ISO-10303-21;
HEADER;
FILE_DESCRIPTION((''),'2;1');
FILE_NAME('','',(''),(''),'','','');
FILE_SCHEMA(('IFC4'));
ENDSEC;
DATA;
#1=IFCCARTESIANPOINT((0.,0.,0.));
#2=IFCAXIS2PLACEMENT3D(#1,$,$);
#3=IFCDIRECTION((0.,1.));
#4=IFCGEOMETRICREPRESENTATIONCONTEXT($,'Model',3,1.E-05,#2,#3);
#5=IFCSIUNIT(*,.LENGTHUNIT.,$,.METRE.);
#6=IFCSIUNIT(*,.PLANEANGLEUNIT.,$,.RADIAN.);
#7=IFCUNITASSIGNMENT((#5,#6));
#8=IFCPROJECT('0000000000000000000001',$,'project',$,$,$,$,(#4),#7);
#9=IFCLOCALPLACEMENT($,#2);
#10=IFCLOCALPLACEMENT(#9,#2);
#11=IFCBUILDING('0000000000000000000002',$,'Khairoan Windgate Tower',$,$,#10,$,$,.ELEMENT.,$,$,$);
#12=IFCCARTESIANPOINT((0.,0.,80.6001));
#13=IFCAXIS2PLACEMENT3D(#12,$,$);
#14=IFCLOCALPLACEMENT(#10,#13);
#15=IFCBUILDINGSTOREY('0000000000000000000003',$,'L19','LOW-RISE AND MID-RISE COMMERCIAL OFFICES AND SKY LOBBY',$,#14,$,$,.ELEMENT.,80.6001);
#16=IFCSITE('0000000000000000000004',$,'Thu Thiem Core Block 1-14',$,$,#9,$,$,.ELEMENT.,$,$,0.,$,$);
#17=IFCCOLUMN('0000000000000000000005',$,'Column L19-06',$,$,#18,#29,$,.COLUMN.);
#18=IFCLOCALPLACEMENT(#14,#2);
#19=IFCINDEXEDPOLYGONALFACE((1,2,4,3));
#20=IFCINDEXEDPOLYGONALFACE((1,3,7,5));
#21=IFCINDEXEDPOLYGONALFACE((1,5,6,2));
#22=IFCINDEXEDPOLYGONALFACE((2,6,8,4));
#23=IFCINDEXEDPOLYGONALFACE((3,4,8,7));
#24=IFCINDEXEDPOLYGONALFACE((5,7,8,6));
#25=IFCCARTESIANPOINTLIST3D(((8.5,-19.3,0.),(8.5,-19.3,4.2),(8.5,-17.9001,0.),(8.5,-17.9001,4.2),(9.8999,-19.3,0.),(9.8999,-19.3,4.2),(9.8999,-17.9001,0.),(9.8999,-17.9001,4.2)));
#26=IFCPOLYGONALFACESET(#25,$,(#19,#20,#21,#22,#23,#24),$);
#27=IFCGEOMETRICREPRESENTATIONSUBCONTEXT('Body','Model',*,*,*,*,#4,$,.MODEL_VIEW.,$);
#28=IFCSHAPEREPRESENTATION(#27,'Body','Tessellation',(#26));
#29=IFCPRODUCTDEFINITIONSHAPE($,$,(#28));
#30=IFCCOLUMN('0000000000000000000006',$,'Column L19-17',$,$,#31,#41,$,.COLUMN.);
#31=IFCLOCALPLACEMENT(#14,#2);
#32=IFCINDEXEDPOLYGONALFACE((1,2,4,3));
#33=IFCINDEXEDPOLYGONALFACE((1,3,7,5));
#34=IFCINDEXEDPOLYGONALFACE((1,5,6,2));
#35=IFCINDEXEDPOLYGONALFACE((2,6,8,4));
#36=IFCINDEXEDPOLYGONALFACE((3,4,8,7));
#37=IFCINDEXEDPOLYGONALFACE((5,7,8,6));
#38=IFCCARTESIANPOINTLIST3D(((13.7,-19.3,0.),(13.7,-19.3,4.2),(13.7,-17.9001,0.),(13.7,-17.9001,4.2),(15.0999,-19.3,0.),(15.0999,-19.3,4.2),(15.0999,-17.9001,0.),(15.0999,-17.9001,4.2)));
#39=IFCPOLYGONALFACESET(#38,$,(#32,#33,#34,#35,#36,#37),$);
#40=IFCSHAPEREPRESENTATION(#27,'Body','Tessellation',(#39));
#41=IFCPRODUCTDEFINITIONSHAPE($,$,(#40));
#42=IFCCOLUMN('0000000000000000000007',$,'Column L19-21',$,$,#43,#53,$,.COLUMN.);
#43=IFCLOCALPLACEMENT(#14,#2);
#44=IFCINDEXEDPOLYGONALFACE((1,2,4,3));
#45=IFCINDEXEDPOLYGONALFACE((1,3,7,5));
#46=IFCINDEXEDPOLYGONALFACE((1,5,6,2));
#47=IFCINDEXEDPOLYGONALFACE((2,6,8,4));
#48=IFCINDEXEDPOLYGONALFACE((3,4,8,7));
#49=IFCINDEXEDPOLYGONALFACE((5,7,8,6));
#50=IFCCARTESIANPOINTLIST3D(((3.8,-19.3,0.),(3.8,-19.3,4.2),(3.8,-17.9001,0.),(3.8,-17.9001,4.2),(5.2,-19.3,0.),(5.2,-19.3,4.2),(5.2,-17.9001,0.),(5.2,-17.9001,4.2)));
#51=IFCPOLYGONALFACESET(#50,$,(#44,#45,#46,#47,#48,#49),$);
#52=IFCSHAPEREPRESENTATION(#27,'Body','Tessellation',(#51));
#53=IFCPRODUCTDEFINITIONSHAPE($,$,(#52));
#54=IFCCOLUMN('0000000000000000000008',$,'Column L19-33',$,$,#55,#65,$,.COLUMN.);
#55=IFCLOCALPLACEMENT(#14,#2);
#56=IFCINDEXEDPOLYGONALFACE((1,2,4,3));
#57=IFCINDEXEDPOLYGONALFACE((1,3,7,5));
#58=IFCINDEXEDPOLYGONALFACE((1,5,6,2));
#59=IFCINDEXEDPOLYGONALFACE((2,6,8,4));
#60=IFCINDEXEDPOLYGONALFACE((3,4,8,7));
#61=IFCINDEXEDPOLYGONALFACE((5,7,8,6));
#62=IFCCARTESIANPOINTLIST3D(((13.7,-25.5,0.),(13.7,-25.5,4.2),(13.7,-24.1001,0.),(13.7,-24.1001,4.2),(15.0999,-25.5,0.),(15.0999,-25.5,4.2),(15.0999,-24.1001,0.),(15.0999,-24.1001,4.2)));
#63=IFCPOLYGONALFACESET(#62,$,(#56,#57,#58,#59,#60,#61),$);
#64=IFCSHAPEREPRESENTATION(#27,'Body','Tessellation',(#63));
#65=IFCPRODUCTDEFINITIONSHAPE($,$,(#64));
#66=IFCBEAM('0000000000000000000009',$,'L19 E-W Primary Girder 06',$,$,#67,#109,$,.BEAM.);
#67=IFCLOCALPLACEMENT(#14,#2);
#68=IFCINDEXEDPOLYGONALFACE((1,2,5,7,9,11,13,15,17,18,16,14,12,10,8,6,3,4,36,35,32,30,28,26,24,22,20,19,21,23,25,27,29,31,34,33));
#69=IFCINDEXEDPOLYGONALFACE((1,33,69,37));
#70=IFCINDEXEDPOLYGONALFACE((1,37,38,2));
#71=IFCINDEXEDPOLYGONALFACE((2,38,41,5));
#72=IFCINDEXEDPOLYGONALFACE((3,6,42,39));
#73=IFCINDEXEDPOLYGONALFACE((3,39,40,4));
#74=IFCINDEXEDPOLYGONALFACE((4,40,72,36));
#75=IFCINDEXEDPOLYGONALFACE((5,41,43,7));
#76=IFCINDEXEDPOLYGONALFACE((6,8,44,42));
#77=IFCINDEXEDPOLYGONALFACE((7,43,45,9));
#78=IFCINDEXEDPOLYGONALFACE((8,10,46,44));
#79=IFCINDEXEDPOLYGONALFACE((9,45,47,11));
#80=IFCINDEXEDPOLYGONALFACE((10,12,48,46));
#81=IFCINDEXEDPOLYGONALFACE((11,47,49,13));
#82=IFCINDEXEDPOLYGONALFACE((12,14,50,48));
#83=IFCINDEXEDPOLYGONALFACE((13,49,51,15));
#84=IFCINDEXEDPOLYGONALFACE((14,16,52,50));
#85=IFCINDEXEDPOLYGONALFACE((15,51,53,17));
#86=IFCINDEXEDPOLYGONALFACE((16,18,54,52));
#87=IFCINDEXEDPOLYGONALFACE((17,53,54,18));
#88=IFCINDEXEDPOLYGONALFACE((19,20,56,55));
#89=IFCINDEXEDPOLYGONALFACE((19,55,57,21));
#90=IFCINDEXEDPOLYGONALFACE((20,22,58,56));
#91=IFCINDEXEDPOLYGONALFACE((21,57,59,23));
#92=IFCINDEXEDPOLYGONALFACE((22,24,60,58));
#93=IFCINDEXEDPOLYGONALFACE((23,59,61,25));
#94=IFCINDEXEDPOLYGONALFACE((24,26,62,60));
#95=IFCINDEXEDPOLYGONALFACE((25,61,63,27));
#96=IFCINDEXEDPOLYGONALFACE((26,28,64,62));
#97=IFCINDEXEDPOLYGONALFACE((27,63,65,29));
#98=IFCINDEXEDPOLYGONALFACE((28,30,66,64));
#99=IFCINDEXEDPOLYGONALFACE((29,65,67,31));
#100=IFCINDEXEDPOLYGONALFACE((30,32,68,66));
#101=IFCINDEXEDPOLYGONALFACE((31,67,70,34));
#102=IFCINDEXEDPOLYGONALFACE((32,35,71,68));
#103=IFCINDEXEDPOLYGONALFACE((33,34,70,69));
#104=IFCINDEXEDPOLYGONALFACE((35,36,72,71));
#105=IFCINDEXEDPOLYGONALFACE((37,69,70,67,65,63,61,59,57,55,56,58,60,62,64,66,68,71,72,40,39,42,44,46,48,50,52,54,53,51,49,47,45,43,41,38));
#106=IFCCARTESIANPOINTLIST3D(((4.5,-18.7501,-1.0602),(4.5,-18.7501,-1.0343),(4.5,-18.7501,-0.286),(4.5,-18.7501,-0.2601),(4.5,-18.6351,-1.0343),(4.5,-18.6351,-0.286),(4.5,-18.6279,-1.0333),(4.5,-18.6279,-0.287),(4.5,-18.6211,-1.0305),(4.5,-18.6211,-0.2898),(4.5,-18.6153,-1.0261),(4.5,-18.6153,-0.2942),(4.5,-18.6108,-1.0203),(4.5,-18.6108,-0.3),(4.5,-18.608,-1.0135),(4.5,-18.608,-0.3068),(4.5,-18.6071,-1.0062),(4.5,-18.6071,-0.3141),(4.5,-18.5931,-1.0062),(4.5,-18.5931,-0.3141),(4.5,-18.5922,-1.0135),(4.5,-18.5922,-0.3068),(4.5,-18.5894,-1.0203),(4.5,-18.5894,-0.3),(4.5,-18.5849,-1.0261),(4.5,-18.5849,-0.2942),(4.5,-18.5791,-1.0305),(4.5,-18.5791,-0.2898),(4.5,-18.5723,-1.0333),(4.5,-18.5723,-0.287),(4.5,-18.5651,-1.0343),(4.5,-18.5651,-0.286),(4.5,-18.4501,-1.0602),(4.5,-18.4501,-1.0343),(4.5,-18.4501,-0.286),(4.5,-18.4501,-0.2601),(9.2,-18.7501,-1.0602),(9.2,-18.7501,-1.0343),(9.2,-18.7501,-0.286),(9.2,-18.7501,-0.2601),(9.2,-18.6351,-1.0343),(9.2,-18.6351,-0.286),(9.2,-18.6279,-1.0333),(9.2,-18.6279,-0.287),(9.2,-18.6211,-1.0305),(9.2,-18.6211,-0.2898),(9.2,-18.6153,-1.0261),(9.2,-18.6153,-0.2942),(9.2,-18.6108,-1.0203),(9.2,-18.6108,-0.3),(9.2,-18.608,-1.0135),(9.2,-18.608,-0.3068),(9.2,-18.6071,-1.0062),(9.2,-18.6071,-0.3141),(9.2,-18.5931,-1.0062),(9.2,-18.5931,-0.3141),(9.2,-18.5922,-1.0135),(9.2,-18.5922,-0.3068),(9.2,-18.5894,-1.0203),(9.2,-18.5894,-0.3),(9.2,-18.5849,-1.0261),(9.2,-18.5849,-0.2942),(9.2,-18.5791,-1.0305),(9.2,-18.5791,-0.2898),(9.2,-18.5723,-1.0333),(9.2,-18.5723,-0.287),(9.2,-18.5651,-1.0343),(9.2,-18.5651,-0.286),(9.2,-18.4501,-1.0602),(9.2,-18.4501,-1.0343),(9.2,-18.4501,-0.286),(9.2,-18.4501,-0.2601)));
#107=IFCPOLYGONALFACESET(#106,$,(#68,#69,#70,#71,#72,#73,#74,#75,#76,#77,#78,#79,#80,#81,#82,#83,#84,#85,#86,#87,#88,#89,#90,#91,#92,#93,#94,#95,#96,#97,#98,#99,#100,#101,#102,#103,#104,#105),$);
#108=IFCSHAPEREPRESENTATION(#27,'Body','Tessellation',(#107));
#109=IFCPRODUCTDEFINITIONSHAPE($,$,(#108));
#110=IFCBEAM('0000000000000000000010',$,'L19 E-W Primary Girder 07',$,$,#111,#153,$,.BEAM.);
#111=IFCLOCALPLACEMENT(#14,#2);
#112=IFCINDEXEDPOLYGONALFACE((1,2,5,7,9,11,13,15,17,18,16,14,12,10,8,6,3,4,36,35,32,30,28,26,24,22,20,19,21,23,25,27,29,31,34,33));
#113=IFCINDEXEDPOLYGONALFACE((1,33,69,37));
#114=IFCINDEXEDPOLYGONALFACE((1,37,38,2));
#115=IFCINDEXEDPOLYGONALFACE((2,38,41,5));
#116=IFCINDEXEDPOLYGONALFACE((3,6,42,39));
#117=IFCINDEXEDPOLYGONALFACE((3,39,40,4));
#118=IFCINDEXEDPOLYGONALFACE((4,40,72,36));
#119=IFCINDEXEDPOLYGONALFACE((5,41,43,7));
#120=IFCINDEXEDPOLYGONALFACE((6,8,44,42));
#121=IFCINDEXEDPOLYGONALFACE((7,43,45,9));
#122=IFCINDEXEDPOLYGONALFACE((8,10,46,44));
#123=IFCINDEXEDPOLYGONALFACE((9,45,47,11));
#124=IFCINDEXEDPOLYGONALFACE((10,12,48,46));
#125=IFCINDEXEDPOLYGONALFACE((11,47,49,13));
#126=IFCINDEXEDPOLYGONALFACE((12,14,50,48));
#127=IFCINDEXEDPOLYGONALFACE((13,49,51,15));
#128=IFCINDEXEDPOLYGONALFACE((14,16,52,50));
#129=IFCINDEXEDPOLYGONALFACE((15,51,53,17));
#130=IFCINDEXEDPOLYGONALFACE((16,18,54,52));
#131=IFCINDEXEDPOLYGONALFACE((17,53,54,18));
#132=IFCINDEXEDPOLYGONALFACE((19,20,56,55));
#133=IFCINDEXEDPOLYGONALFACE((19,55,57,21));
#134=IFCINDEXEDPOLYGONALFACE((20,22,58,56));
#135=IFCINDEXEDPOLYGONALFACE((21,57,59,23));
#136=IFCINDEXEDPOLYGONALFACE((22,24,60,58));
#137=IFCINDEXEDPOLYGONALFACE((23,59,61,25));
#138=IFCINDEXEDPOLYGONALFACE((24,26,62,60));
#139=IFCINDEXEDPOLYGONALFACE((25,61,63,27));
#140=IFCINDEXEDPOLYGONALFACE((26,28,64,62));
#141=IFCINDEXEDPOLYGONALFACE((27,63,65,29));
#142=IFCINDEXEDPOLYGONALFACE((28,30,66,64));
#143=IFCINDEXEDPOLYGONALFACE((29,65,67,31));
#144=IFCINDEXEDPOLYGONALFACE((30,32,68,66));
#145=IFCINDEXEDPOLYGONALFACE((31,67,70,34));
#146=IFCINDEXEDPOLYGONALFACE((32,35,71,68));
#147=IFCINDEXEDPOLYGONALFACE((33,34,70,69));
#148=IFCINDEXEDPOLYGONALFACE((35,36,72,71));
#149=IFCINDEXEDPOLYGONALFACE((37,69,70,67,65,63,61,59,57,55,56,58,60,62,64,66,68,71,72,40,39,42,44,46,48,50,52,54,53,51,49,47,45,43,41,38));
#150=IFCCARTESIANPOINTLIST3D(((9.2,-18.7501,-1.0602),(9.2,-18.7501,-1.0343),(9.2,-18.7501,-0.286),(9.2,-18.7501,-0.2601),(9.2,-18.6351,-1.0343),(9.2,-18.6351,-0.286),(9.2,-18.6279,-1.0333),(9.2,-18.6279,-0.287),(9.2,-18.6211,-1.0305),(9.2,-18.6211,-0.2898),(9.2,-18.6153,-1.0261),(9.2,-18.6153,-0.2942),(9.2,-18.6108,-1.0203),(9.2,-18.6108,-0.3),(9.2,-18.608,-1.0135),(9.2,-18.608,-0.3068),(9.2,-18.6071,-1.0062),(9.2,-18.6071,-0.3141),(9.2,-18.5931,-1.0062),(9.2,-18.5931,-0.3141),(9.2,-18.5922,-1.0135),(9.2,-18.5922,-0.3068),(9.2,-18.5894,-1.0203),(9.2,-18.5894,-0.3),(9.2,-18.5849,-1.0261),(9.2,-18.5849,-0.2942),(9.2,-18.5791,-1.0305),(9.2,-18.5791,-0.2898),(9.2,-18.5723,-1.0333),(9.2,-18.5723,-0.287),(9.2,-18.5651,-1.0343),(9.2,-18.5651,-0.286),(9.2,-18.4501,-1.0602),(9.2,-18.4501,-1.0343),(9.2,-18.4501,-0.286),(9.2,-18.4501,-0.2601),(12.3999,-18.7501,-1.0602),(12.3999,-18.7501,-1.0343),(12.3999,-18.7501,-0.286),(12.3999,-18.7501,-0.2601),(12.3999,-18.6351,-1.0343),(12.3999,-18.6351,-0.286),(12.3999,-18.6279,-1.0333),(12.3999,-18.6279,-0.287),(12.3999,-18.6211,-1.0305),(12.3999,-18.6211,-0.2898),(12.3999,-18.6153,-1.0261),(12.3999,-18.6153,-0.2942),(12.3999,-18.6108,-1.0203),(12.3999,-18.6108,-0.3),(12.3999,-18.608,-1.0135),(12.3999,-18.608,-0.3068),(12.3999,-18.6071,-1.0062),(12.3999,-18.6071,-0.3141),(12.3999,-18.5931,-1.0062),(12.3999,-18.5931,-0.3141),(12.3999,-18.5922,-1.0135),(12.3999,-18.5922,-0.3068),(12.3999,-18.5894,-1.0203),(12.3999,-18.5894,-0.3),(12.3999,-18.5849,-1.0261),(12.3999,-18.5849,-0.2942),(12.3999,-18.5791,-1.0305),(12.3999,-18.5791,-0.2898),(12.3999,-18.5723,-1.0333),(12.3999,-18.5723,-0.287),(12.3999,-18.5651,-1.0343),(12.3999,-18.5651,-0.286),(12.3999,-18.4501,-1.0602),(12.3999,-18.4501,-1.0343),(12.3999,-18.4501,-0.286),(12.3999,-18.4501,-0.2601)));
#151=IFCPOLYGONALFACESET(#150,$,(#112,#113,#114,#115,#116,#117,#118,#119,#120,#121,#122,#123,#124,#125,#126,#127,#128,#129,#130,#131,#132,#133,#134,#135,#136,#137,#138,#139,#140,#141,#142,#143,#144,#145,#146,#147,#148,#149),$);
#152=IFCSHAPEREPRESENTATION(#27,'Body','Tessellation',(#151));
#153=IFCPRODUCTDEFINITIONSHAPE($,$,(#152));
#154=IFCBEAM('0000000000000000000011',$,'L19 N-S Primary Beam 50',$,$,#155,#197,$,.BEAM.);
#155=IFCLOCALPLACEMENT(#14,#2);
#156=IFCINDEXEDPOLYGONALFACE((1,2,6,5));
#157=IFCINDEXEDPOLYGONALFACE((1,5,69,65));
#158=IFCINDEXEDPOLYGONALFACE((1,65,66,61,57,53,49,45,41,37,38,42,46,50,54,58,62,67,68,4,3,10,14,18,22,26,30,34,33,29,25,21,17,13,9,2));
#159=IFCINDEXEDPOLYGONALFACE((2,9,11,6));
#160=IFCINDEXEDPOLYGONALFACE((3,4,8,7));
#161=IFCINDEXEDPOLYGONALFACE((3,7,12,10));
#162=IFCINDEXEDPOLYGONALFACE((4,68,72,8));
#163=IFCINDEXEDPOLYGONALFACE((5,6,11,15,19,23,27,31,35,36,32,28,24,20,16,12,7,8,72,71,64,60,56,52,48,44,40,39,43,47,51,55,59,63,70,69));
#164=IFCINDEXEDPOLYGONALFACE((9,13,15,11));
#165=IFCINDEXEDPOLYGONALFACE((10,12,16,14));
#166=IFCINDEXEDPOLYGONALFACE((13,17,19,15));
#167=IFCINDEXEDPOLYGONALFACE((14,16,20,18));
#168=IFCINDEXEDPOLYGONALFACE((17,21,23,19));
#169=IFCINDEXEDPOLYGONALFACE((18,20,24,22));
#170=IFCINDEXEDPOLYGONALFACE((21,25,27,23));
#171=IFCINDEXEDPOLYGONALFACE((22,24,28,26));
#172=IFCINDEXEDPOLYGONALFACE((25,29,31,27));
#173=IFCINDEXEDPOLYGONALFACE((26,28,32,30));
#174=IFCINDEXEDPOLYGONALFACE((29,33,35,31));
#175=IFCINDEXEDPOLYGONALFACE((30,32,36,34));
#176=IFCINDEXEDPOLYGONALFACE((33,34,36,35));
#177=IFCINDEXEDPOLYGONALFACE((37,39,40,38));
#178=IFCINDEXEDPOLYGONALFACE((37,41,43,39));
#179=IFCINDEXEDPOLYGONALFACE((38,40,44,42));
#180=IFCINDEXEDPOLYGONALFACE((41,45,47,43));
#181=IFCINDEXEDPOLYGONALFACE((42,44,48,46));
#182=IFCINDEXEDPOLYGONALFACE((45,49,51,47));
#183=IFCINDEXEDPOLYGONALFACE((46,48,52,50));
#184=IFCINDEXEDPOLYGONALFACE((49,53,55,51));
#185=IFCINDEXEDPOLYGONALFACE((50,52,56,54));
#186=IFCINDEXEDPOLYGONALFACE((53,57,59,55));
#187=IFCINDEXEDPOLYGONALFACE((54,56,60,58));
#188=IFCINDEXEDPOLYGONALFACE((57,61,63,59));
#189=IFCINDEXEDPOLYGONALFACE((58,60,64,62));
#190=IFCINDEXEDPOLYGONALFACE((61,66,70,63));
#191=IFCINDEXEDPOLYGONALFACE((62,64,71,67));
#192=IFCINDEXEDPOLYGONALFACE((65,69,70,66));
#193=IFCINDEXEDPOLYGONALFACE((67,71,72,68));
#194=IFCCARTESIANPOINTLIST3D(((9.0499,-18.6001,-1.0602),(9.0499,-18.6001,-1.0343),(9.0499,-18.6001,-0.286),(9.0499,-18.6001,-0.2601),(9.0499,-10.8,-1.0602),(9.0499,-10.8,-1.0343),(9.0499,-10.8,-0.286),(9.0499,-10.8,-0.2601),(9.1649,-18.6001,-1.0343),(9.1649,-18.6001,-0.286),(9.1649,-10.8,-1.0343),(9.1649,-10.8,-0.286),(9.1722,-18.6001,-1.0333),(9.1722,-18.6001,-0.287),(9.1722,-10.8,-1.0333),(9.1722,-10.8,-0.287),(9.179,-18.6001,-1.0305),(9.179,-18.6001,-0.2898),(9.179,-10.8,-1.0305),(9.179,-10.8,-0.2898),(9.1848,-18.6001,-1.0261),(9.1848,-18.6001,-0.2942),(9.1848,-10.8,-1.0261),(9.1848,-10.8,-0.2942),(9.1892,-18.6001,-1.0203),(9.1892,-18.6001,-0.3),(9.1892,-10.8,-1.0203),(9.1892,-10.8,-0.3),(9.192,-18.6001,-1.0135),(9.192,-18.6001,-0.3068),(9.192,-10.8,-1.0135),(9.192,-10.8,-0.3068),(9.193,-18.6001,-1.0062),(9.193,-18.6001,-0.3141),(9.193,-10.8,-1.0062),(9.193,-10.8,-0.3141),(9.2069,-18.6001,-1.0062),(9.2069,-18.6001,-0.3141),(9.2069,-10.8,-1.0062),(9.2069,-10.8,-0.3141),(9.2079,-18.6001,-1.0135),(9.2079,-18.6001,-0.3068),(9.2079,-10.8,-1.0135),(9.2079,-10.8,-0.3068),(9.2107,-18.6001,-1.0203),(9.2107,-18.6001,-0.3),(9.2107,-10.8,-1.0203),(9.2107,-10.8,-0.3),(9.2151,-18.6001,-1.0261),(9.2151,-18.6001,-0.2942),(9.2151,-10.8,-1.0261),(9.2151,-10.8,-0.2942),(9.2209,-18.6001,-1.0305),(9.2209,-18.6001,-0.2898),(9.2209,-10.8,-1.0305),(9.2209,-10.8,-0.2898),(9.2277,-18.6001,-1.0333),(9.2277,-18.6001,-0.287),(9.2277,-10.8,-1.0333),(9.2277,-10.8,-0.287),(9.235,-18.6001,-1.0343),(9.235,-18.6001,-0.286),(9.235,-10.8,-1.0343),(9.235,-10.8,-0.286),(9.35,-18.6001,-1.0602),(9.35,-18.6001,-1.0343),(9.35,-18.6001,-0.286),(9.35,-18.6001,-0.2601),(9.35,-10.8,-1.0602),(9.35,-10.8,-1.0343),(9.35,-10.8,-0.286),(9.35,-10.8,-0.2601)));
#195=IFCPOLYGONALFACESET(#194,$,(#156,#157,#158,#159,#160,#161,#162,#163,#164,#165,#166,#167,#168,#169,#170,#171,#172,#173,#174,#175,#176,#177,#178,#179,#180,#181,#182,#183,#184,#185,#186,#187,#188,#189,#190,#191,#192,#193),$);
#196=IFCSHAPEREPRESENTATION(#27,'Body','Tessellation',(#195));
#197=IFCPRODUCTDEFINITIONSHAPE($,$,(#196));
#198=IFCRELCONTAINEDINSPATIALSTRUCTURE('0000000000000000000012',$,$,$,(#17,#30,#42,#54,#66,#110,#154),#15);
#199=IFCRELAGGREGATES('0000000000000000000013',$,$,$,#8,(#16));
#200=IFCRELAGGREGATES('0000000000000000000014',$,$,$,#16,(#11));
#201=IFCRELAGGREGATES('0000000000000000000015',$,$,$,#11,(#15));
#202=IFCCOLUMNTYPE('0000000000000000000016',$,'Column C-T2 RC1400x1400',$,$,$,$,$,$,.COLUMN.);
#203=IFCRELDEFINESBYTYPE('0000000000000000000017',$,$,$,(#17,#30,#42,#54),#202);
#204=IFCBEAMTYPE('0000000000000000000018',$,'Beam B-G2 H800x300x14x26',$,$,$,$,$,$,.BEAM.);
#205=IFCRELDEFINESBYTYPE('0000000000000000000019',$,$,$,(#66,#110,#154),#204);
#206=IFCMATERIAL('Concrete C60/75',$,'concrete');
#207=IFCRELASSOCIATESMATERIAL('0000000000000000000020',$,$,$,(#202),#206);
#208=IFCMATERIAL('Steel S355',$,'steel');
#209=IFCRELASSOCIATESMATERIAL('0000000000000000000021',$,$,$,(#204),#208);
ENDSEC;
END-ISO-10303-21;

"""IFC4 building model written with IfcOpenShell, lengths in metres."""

from ifc_helpers import new_model, si_unit, direction, frame, origin, origin_2d, place, context, subcontext, project, spatial, rectangle, i_section, extrude, material, material_profile, profile_set, type_object, element, save


model = new_model("IFC4")

# Units and contexts
model_context = context("Model", 3, precision=1e-05, world=origin(), true_north=direction((0.0, 1.0)))
body_context = subcontext(model_context, "Body", "Model", "MODEL_VIEW")
ifc_project = project(units=[si_unit("LENGTHUNIT", "METRE"), si_unit("PLANEANGLEUNIT", "RADIAN")], contexts=[model_context])

# Site, building, storey
site_placement = place(None, origin())
site = spatial("IfcSite", under=ifc_project, at=site_placement, Name="Thu Thiem Core Block 1-14", CompositionType="ELEMENT", RefElevation=0.0)
building_placement = place(site_placement, origin())
building = spatial("IfcBuilding", under=site, at=building_placement, Name="Khairoan Windgate Tower", CompositionType="ELEMENT")
storey_placement = place(building_placement, frame((0.0, 0.0, 80.6001)))
storey = spatial("IfcBuildingStorey", under=building, at=storey_placement, Name="L19", Description="LOW-RISE AND MID-RISE COMMERCIAL OFFICES AND SKY LOBBY", CompositionType="ELEMENT", Elevation=80.6001)

# Columns
ifc_material_1 = material(Name="Concrete C60/75", Category="concrete")
ifc_material_profile_1 = material_profile(ifc_material_1, rectangle(XDim=1.3999, YDim=1.3999, at=origin_2d()))
ifc_profile_set_1 = profile_set([ifc_material_profile_1], Name="Concrete C60/75")
column_type = type_object("IfcColumnType", Name="Column C-T2 RC1400x1400", PredefinedType="COLUMN", material=ifc_profile_set_1)
for number, where, z_axis, x_axis, name in (
    (1, (9.2, -18.6001, 0.0), (0.0, 0.0, 1.0), (1.0, 0.0, 0.0), "Column L19-06"),
    (2, (14.3999, -18.6001, 0.0), (0.0, 0.0, 1.0), (1.0, 0.0, 0.0), "Column L19-17"),
    (3, (4.5, -18.6001, 0.0), (0.0, 0.0, 1.0), (1.0, 0.0, 0.0), "Column L19-21"),
    (4, (14.3999, -24.8, 0.0), (0.0, 0.0, 1.0), (1.0, 0.0, 0.0), "Column L19-33"),
):
    element("IfcColumn", number, at=place(storey_placement, frame(where, z_axis=z_axis, x_axis=x_axis)), inside=storey, type_object=column_type, Name=name, PredefinedType="COLUMN", context=body_context, shape_type="SweptSolid", body=[
        extrude(rectangle(XDim=1.3999, YDim=1.3999, at=origin_2d()), origin(), (0.0, 0.0, 1.0), 4.2),
    ])

# Beams
ifc_material_2 = material(Name="Steel S355", Category="steel")
ifc_material_profile_2 = material_profile(ifc_material_2, i_section(OverallWidth=0.3, OverallDepth=0.8, WebThickness=0.0139, FlangeThickness=0.0259, FilletRadius=0.0281, at=origin_2d()))
ifc_profile_set_2 = profile_set([ifc_material_profile_2], Name="Steel S355")
beam_type_1 = type_object("IfcBeamType", Name="Beam B-G2 H800x300x14x26", PredefinedType="BEAM", material=ifc_profile_set_2)
beam_1_placement = place(storey_placement, frame((4.5, -18.6001, -0.6602), z_axis=(1.0, 0.0, 0.0), x_axis=(0.0, 1.0, 0.0)))
element("IfcBeam", 5, at=beam_1_placement, inside=storey, type_object=beam_type_1, Name="L19 E-W Primary Girder 06", PredefinedType="BEAM", context=body_context, shape_type="SweptSolid", body=[
    extrude(i_section(OverallWidth=0.3, OverallDepth=0.8, WebThickness=0.0139, FlangeThickness=0.0259, FilletRadius=0.0281, at=origin_2d()), origin(), (0.0, 0.0, 1.0), 4.7),
])
beam_2_placement = place(storey_placement, frame((9.2, -18.6001, -0.6602), z_axis=(1.0, 0.0, 0.0), x_axis=(0.0, 1.0, 0.0)))
element("IfcBeam", 6, at=beam_2_placement, inside=storey, type_object=beam_type_1, Name="L19 E-W Primary Girder 07", PredefinedType="BEAM", context=body_context, shape_type="SweptSolid", body=[
    extrude(i_section(OverallWidth=0.3, OverallDepth=0.8, WebThickness=0.0139, FlangeThickness=0.0259, FilletRadius=0.0281, at=origin_2d()), origin(), (0.0, 0.0, 1.0), 3.2),
])
for number, where, z_axis, x_axis, name in (
    (7, (9.2, -18.6001, -0.6602), (0.0, 1.0, 0.0), (-1.0, 0.0, 0.0), "L19 N-S Primary Beam 50"),
):
    element("IfcBeam", number, at=place(storey_placement, frame(where, z_axis=z_axis, x_axis=x_axis)), inside=storey, type_object=beam_type_1, Name=name, PredefinedType="BEAM", context=body_context, shape_type="SweptSolid", body=[
        extrude(i_section(OverallWidth=0.3, OverallDepth=0.8, WebThickness=0.0139, FlangeThickness=0.0259, FilletRadius=0.0281, at=origin_2d()), origin(), (0.0, 0.0, 1.0), 7.8),
    ])

save(model, "model.ifc")
